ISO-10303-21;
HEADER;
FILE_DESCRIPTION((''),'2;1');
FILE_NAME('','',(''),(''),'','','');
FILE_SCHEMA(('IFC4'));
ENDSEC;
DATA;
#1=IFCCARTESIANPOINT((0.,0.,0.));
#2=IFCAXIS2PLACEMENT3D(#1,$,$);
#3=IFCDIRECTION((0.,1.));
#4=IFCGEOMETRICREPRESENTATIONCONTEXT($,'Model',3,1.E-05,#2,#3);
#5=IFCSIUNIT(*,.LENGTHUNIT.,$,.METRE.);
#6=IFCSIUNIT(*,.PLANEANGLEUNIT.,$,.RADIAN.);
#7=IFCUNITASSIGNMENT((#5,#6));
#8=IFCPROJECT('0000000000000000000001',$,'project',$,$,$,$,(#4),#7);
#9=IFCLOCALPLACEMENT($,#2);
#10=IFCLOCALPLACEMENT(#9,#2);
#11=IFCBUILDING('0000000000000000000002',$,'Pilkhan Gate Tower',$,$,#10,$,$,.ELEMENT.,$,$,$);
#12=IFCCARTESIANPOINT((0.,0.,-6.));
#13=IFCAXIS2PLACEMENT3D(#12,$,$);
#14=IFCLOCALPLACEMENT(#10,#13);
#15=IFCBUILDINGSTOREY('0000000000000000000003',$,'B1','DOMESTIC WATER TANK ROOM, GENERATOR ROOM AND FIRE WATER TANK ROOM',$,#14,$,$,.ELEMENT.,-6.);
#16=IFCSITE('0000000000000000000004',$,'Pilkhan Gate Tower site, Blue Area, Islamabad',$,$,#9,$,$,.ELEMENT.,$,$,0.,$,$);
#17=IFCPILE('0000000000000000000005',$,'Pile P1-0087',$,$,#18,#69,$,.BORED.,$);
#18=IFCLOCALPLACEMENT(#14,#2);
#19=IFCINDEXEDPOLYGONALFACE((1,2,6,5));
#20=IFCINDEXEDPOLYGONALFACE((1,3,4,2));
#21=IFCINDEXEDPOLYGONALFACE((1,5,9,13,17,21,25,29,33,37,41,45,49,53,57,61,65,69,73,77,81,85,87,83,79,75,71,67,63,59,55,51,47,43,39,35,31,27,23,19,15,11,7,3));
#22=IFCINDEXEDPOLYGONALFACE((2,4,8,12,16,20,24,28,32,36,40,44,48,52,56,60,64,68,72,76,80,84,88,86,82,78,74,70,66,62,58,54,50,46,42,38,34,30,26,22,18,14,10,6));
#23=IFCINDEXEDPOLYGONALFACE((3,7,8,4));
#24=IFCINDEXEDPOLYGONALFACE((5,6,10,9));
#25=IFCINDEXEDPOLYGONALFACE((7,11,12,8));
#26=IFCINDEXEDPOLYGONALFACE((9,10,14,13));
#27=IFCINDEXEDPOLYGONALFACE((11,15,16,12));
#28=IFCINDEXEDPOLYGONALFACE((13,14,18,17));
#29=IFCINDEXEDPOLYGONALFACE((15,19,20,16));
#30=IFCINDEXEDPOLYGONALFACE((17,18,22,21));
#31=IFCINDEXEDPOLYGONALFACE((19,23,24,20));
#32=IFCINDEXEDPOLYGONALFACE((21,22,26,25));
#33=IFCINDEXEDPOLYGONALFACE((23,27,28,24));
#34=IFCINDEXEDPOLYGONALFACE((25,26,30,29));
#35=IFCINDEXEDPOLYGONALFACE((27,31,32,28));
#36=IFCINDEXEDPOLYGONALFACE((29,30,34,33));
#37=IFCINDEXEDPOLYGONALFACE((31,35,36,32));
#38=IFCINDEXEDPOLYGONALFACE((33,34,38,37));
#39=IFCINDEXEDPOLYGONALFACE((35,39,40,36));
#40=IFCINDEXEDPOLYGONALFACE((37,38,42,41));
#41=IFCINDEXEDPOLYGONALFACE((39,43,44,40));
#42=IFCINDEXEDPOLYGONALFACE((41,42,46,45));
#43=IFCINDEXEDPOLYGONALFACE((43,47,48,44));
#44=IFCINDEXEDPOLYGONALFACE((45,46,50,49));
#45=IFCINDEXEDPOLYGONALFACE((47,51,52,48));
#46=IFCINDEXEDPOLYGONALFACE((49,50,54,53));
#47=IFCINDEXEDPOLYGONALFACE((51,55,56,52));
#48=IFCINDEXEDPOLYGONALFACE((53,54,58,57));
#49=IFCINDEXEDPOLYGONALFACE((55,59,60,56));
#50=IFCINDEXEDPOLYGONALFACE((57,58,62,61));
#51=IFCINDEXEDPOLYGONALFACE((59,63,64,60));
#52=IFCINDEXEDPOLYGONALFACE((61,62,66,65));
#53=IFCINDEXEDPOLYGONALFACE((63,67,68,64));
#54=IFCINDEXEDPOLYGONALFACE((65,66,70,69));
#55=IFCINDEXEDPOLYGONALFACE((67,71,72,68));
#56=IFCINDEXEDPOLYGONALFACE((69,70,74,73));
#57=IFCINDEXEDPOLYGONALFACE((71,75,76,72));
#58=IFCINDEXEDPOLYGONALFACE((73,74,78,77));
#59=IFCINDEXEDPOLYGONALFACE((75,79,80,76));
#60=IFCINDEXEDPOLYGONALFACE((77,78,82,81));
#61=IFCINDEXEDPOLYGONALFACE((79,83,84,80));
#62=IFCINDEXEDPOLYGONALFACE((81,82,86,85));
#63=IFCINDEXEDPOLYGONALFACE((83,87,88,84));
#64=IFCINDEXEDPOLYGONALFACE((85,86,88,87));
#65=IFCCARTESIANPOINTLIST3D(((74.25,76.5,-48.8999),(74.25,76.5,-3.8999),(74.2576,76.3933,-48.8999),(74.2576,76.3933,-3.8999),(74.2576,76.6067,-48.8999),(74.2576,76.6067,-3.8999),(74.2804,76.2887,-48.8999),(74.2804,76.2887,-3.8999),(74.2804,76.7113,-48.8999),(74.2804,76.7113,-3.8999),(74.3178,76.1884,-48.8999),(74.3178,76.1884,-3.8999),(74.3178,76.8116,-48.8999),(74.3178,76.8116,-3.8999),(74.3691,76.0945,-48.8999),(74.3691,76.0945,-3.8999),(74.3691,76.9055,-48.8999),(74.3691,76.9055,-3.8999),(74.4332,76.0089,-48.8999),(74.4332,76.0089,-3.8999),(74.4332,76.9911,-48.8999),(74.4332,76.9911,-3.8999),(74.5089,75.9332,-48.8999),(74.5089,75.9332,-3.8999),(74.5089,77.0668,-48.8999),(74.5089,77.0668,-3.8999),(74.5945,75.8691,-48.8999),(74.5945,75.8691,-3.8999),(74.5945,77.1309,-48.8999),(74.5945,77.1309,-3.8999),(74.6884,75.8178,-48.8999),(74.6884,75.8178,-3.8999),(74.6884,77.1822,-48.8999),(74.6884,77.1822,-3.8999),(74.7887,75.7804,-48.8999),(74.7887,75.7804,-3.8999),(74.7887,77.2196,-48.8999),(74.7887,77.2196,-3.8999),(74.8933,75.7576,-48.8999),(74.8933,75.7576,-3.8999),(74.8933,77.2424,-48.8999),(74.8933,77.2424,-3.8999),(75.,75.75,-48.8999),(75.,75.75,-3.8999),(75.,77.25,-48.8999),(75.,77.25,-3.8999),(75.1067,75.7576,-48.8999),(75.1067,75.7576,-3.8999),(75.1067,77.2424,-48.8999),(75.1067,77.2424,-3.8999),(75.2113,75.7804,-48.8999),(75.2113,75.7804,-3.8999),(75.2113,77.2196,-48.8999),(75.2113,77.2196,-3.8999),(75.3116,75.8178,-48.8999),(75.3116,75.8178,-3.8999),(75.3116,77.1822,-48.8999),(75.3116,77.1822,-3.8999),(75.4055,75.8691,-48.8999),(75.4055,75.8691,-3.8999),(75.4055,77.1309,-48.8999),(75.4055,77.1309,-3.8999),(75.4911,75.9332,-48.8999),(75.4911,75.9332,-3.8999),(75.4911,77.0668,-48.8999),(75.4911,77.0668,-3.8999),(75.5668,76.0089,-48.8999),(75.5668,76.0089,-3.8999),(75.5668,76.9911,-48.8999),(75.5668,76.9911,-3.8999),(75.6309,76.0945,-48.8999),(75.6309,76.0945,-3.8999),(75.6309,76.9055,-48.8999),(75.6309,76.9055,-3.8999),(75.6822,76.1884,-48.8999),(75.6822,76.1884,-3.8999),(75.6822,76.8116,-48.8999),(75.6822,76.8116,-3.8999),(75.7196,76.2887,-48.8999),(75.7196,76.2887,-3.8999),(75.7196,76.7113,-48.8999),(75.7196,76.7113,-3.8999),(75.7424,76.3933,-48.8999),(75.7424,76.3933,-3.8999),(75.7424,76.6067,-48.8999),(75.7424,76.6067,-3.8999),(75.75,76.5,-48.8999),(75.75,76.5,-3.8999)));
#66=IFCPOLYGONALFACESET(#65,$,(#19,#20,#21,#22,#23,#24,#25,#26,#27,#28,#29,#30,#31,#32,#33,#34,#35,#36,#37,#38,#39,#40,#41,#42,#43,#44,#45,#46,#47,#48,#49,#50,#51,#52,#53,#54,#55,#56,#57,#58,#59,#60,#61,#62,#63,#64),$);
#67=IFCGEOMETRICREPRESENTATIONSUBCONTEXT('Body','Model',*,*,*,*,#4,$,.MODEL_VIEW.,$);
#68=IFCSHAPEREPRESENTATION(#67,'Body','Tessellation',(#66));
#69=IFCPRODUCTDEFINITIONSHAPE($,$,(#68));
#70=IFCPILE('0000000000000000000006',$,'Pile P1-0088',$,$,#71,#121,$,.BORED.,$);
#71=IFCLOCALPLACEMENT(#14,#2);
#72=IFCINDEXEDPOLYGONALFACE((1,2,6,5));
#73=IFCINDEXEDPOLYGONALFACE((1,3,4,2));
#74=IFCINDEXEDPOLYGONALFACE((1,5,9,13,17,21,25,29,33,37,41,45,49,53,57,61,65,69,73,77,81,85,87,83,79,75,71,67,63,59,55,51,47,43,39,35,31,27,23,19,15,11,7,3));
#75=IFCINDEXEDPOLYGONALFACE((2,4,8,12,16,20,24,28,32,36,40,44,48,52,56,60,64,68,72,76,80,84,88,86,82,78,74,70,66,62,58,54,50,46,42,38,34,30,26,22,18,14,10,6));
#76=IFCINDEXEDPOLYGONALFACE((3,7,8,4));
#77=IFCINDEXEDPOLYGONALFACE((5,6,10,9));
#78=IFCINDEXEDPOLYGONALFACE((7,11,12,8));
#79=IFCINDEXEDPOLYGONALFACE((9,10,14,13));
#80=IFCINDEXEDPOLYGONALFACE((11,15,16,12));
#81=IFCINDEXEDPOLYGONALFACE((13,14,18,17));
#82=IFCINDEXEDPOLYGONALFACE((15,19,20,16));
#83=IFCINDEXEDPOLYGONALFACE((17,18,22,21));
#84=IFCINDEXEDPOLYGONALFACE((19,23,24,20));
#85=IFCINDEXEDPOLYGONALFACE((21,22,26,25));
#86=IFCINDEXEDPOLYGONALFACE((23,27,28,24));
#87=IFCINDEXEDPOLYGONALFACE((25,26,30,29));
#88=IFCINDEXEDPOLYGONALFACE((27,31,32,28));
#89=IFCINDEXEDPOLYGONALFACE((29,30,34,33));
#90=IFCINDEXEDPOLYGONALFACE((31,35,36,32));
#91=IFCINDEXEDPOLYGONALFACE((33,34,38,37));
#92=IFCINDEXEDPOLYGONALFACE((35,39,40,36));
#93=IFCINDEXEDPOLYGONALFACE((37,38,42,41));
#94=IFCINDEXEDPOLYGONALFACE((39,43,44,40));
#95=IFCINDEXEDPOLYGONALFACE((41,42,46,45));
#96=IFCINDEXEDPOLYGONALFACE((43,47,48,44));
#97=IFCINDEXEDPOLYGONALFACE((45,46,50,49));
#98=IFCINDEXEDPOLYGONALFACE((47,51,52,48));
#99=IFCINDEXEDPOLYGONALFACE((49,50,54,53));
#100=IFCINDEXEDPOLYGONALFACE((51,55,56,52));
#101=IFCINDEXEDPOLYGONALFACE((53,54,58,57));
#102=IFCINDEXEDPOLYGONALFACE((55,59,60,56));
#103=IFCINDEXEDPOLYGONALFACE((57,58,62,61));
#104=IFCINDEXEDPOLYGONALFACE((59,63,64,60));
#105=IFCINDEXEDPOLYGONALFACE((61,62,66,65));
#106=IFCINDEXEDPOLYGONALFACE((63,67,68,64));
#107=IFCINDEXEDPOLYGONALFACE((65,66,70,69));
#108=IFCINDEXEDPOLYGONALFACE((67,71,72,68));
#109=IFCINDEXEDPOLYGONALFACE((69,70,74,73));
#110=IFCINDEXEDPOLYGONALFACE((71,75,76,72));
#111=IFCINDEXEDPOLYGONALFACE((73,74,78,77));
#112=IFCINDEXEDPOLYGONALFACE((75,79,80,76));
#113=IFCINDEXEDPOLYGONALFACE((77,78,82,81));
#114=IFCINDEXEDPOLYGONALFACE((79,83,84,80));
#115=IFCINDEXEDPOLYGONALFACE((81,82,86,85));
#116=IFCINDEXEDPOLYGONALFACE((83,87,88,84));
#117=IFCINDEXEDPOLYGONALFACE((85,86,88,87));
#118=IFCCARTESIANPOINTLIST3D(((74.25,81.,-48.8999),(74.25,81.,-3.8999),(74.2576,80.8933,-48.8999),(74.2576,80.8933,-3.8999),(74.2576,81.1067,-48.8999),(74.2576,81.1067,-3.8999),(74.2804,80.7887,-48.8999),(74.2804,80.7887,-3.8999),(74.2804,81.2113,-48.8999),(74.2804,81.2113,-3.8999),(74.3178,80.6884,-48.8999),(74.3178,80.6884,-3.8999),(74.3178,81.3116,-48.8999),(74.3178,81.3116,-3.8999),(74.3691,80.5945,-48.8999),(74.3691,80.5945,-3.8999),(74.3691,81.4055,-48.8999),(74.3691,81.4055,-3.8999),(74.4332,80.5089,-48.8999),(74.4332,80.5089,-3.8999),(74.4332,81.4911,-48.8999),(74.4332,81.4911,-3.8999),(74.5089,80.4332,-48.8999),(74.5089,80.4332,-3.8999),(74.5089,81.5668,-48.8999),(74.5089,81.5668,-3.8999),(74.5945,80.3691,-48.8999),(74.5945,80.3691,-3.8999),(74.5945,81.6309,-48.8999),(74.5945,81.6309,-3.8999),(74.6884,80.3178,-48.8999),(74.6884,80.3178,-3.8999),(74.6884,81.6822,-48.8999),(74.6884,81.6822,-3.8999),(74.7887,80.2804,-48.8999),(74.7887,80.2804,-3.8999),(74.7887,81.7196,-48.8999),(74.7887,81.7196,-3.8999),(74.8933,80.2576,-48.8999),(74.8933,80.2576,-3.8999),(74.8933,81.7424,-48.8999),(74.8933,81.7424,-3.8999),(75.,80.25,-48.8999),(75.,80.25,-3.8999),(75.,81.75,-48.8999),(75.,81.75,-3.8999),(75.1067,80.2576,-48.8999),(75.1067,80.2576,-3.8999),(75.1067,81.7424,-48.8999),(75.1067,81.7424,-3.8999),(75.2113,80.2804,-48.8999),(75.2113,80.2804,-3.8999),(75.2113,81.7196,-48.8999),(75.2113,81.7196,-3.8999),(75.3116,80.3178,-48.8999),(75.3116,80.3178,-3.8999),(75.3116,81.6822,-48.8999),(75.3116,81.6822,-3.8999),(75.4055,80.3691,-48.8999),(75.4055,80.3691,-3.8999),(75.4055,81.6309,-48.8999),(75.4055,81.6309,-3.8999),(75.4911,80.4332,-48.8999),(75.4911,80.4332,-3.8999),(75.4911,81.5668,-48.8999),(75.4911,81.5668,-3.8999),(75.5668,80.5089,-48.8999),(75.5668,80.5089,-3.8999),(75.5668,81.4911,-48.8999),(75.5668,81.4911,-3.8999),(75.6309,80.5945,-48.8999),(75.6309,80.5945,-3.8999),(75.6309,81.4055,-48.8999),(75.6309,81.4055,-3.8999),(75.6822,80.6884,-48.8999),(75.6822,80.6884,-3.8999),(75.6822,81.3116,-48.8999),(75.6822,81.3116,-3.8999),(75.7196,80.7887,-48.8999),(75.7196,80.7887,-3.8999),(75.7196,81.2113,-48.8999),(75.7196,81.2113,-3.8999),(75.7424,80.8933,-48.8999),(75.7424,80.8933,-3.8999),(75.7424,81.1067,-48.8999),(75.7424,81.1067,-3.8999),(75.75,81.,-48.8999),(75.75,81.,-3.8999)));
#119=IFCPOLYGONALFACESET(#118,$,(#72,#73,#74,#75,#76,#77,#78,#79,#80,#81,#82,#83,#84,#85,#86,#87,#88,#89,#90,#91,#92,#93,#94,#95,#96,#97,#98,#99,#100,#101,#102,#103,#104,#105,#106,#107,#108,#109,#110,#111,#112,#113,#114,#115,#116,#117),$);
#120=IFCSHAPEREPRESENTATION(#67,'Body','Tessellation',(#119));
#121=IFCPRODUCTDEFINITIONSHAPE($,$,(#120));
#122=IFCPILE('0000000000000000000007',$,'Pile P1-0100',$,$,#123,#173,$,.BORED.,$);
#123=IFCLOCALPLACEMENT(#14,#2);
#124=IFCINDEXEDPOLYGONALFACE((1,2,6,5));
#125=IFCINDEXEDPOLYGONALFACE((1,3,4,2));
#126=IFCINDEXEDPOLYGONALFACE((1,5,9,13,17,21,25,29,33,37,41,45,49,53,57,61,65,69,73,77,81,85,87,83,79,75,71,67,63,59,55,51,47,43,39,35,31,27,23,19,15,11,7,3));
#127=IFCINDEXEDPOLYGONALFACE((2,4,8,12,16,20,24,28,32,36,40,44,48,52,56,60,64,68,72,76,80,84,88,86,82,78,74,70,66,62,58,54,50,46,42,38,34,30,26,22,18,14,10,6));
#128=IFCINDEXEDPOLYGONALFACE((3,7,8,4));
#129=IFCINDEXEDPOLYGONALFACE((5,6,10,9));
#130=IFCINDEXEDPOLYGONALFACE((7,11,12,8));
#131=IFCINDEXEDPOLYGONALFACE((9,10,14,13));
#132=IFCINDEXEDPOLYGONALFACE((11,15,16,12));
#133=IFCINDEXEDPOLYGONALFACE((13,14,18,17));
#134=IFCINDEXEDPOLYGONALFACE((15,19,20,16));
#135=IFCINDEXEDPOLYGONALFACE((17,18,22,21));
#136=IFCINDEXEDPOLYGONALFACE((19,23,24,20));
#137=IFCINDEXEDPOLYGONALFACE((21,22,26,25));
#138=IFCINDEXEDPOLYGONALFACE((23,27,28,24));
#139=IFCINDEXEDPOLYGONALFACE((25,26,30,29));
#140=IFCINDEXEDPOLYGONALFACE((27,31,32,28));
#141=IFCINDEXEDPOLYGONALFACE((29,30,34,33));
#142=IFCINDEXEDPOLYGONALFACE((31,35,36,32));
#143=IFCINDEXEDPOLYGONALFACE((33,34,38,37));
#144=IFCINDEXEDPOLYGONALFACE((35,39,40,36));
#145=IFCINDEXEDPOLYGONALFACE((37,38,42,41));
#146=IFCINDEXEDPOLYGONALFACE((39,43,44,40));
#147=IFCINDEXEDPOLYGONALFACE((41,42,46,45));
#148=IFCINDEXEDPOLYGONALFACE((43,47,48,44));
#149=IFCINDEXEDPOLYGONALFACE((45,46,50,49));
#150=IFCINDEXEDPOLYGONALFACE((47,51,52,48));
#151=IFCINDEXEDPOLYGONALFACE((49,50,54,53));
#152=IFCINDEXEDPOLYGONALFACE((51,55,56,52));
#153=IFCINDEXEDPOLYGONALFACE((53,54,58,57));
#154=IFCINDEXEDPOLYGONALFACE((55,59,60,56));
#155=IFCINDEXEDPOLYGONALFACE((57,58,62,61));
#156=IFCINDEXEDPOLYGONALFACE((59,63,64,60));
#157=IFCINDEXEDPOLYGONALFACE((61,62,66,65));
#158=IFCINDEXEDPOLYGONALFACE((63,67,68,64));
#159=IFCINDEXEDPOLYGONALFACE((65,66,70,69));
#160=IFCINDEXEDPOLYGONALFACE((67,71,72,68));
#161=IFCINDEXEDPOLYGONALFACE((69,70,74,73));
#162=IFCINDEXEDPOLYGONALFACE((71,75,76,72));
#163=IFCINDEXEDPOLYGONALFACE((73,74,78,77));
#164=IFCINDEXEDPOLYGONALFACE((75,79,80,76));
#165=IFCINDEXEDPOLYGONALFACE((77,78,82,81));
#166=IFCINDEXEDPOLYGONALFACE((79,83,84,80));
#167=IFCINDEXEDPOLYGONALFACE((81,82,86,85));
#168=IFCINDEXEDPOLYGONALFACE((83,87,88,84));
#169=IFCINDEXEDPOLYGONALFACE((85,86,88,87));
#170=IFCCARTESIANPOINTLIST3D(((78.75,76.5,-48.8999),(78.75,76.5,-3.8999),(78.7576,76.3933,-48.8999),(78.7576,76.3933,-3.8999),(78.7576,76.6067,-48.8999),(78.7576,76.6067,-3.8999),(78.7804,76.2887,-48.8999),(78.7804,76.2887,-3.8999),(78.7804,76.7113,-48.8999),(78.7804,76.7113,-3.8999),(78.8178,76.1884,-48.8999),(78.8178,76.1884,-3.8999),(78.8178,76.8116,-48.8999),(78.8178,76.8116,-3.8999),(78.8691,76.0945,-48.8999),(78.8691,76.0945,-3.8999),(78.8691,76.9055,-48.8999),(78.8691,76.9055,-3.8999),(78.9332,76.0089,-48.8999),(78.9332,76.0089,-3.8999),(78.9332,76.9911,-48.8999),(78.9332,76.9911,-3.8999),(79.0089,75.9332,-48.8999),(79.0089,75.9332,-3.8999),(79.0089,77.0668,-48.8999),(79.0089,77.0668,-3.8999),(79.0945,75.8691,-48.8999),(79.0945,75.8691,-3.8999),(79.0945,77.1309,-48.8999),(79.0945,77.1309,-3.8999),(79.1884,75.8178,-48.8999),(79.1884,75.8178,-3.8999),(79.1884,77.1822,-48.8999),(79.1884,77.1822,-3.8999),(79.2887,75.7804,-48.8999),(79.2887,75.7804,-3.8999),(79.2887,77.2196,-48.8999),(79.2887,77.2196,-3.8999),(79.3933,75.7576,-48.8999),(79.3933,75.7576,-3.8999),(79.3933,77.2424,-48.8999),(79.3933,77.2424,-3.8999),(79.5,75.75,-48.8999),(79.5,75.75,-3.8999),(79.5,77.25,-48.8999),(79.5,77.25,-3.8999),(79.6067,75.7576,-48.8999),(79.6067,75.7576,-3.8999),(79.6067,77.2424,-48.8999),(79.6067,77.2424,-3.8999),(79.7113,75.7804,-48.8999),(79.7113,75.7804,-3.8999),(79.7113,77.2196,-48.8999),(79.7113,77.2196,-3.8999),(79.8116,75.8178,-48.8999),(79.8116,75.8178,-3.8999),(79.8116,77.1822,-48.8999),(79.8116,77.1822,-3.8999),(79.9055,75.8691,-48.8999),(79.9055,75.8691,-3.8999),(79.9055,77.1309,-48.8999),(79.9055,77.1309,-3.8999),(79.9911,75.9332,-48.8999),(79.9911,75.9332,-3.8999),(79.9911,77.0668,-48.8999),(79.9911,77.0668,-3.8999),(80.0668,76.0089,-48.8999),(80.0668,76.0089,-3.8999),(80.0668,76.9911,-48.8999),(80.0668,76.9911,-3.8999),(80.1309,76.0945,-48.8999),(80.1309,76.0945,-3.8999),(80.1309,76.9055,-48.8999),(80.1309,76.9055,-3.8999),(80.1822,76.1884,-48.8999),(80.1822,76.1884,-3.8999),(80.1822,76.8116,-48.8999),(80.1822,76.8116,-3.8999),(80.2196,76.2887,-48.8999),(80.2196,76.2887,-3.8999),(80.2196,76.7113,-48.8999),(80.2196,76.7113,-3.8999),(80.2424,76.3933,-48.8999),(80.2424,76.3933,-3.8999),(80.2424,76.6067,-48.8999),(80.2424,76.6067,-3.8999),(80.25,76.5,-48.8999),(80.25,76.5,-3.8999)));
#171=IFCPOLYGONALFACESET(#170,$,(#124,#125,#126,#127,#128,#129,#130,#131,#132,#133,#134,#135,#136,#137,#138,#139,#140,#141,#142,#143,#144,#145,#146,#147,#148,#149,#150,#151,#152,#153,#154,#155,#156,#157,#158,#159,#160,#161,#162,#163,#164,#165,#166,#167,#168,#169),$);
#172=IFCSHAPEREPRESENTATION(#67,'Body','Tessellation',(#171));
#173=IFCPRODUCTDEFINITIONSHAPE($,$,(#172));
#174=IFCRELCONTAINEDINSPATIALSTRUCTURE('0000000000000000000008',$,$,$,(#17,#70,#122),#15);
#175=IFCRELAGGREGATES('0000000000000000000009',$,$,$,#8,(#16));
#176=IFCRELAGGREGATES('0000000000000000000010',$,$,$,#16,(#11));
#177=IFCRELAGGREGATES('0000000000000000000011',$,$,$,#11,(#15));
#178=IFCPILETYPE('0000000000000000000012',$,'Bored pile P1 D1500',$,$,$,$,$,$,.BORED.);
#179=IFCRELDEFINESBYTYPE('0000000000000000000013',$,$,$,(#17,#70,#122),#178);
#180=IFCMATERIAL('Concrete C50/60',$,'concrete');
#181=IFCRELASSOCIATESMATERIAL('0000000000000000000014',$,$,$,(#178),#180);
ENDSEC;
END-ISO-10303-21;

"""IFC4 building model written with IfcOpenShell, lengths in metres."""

from ifc_helpers import new_model, si_unit, direction, frame, origin, origin_2d, place, context, subcontext, project, spatial, circle, extrude, material, material_profile, profile_set, type_object, element, save


model = new_model("IFC4")

# Units and contexts
model_context = context("Model", 3, precision=1e-05, world=origin(), true_north=direction((0.0, 1.0)))
body_context = subcontext(model_context, "Body", "Model", "MODEL_VIEW")
ifc_project = project(units=[si_unit("LENGTHUNIT", "METRE"), si_unit("PLANEANGLEUNIT", "RADIAN")], contexts=[model_context])

# Site, building, storey
site_placement = place(None, origin())
site = spatial("IfcSite", under=ifc_project, at=site_placement, Name="Pilkhan Gate Tower site, Blue Area, Islamabad", CompositionType="ELEMENT", RefElevation=0.0)
building_placement = place(site_placement, origin())
building = spatial("IfcBuilding", under=site, at=building_placement, Name="Pilkhan Gate Tower", CompositionType="ELEMENT")
storey_placement = place(building_placement, frame((0.0, 0.0, -6.0)))
storey = spatial("IfcBuildingStorey", under=building, at=storey_placement, Name="B1", Description="DOMESTIC WATER TANK ROOM, GENERATOR ROOM AND FIRE WATER TANK ROOM", CompositionType="ELEMENT", Elevation=-6.0)

# Piles
ifc_material_1 = material(Name="Concrete C50/60", Category="concrete")
ifc_material_profile_1 = material_profile(ifc_material_1, circle(Radius=0.75, at=origin_2d()), Name="Bored pile 1500 dia")
ifc_profile_set_1 = profile_set([ifc_material_profile_1], Name="Concrete C50/60")
pile_type = type_object("IfcPileType", Name="Bored pile P1 D1500", PredefinedType="BORED", material=ifc_profile_set_1)
for number, where, z_axis, x_axis, name in (
    (1, (75.0, 76.5, -3.8999), (0.0, 0.0, -1.0), (1.0, 0.0, 0.0), "Pile P1-0087"),
    (2, (75.0, 81.0, -3.8999), (0.0, 0.0, -1.0), (1.0, 0.0, 0.0), "Pile P1-0088"),
    (3, (79.5, 76.5, -3.8999), (0.0, 0.0, -1.0), (1.0, 0.0, 0.0), "Pile P1-0100"),
):
    element("IfcPile", number, at=place(storey_placement, frame(where, z_axis=z_axis, x_axis=x_axis)), inside=storey, type_object=pile_type, Name=name, PredefinedType="BORED", context=body_context, shape_type="SweptSolid", body=[
        extrude(circle(Radius=0.75, at=origin_2d()), origin(), (0.0, 0.0, 1.0), 45.0),
    ])

save(model, "model.ifc")
